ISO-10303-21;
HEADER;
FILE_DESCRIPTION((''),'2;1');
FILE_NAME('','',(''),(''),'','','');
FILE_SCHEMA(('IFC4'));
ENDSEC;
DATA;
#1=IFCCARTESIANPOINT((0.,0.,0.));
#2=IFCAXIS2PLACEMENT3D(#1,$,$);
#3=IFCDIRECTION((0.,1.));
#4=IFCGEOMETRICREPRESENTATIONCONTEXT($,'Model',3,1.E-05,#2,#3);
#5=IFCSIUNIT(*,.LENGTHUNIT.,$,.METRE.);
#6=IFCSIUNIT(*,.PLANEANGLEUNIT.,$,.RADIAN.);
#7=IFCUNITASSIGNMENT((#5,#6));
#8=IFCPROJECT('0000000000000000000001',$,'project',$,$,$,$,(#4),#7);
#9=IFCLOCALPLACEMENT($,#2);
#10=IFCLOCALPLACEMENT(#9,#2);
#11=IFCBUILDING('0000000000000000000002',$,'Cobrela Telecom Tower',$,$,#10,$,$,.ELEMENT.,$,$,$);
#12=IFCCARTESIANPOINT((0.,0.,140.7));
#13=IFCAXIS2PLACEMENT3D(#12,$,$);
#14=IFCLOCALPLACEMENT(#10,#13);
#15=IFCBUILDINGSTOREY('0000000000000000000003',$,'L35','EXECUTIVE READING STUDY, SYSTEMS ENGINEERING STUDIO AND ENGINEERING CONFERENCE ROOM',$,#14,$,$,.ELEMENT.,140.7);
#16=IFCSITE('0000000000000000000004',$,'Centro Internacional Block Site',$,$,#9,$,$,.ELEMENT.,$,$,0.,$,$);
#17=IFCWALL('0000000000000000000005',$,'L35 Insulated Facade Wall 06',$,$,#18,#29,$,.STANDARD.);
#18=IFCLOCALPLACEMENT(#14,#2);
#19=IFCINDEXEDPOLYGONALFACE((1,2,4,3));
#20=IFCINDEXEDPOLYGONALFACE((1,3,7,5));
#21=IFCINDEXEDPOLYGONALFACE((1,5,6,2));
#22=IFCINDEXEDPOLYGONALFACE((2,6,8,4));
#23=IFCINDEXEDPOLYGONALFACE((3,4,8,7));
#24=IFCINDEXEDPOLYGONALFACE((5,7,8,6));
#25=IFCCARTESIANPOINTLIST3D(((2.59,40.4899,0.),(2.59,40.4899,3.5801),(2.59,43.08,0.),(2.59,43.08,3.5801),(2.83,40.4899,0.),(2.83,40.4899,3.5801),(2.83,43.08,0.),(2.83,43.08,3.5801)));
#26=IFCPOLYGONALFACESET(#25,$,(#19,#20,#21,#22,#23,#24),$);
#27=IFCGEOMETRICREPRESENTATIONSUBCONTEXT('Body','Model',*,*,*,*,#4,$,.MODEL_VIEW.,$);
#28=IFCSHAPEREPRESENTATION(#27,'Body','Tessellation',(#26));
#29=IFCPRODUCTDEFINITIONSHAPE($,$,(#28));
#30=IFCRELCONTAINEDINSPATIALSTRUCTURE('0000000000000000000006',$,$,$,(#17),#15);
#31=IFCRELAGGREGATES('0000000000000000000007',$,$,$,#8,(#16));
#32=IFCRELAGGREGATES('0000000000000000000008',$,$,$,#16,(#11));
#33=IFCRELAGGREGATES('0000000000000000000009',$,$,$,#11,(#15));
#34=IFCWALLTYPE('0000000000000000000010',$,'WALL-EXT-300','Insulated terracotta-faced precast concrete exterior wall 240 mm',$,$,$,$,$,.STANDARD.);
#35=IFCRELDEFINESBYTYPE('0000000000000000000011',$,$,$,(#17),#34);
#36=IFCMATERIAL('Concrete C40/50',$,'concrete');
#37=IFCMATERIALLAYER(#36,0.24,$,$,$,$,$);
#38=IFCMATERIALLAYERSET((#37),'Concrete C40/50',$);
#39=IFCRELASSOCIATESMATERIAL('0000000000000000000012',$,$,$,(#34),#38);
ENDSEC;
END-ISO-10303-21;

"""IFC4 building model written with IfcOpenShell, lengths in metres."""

from ifc_helpers import new_model, si_unit, direction, frame, frame_2d, origin, place, context, subcontext, project, spatial, rectangle, extrude, material, layer, layer_set, type_object, element, save


model = new_model("IFC4")

# Units and contexts
model_context = context("Model", 3, precision=1e-05, world=origin(), true_north=direction((0.0, 1.0)))
body_context = subcontext(model_context, "Body", "Model", "MODEL_VIEW")
ifc_project = project(units=[si_unit("LENGTHUNIT", "METRE"), si_unit("PLANEANGLEUNIT", "RADIAN")], contexts=[model_context])

# Site, building, storey
site_placement = place(None, origin())
site = spatial("IfcSite", under=ifc_project, at=site_placement, Name="Centro Internacional Block Site", CompositionType="ELEMENT", RefElevation=0.0)
building_placement = place(site_placement, origin())
building = spatial("IfcBuilding", under=site, at=building_placement, Name="Cobrela Telecom Tower", CompositionType="ELEMENT")
storey_placement = place(building_placement, frame((0.0, 0.0, 140.7)))
storey = spatial("IfcBuildingStorey", under=building, at=storey_placement, Name="L35", Description="EXECUTIVE READING STUDY, SYSTEMS ENGINEERING STUDIO AND ENGINEERING CONFERENCE ROOM", CompositionType="ELEMENT", Elevation=140.7)

# Wall
ifc_material_1 = material(Name="Concrete C40/50", Category="concrete")
ifc_layer_1 = layer(ifc_material_1, 0.24)
ifc_layer_set_1 = layer_set([ifc_layer_1], Name="Concrete C40/50")
wall_type_1 = type_object("IfcWallType", Name="WALL-EXT-300", Description="Insulated terracotta-faced precast concrete exterior wall 240 mm", PredefinedType="STANDARD", material=ifc_layer_set_1)
wall_1_placement = place(storey_placement, frame((2.71, 40.49, 0.0), z_axis=(0.0, 0.0, 1.0), x_axis=(0.0, 1.0, 0.0)))
element("IfcWall", 1, at=wall_1_placement, inside=storey, type_object=wall_type_1, Name="L35 Insulated Facade Wall 06", PredefinedType="STANDARD", context=body_context, shape_type="SweptSolid", body=[
    extrude(rectangle(XDim=2.5901, YDim=0.24, at=frame_2d((1.2949, 0.0))), origin(), (0.0, 0.0, 1.0), 3.5801),
])

save(model, "model.ifc")
